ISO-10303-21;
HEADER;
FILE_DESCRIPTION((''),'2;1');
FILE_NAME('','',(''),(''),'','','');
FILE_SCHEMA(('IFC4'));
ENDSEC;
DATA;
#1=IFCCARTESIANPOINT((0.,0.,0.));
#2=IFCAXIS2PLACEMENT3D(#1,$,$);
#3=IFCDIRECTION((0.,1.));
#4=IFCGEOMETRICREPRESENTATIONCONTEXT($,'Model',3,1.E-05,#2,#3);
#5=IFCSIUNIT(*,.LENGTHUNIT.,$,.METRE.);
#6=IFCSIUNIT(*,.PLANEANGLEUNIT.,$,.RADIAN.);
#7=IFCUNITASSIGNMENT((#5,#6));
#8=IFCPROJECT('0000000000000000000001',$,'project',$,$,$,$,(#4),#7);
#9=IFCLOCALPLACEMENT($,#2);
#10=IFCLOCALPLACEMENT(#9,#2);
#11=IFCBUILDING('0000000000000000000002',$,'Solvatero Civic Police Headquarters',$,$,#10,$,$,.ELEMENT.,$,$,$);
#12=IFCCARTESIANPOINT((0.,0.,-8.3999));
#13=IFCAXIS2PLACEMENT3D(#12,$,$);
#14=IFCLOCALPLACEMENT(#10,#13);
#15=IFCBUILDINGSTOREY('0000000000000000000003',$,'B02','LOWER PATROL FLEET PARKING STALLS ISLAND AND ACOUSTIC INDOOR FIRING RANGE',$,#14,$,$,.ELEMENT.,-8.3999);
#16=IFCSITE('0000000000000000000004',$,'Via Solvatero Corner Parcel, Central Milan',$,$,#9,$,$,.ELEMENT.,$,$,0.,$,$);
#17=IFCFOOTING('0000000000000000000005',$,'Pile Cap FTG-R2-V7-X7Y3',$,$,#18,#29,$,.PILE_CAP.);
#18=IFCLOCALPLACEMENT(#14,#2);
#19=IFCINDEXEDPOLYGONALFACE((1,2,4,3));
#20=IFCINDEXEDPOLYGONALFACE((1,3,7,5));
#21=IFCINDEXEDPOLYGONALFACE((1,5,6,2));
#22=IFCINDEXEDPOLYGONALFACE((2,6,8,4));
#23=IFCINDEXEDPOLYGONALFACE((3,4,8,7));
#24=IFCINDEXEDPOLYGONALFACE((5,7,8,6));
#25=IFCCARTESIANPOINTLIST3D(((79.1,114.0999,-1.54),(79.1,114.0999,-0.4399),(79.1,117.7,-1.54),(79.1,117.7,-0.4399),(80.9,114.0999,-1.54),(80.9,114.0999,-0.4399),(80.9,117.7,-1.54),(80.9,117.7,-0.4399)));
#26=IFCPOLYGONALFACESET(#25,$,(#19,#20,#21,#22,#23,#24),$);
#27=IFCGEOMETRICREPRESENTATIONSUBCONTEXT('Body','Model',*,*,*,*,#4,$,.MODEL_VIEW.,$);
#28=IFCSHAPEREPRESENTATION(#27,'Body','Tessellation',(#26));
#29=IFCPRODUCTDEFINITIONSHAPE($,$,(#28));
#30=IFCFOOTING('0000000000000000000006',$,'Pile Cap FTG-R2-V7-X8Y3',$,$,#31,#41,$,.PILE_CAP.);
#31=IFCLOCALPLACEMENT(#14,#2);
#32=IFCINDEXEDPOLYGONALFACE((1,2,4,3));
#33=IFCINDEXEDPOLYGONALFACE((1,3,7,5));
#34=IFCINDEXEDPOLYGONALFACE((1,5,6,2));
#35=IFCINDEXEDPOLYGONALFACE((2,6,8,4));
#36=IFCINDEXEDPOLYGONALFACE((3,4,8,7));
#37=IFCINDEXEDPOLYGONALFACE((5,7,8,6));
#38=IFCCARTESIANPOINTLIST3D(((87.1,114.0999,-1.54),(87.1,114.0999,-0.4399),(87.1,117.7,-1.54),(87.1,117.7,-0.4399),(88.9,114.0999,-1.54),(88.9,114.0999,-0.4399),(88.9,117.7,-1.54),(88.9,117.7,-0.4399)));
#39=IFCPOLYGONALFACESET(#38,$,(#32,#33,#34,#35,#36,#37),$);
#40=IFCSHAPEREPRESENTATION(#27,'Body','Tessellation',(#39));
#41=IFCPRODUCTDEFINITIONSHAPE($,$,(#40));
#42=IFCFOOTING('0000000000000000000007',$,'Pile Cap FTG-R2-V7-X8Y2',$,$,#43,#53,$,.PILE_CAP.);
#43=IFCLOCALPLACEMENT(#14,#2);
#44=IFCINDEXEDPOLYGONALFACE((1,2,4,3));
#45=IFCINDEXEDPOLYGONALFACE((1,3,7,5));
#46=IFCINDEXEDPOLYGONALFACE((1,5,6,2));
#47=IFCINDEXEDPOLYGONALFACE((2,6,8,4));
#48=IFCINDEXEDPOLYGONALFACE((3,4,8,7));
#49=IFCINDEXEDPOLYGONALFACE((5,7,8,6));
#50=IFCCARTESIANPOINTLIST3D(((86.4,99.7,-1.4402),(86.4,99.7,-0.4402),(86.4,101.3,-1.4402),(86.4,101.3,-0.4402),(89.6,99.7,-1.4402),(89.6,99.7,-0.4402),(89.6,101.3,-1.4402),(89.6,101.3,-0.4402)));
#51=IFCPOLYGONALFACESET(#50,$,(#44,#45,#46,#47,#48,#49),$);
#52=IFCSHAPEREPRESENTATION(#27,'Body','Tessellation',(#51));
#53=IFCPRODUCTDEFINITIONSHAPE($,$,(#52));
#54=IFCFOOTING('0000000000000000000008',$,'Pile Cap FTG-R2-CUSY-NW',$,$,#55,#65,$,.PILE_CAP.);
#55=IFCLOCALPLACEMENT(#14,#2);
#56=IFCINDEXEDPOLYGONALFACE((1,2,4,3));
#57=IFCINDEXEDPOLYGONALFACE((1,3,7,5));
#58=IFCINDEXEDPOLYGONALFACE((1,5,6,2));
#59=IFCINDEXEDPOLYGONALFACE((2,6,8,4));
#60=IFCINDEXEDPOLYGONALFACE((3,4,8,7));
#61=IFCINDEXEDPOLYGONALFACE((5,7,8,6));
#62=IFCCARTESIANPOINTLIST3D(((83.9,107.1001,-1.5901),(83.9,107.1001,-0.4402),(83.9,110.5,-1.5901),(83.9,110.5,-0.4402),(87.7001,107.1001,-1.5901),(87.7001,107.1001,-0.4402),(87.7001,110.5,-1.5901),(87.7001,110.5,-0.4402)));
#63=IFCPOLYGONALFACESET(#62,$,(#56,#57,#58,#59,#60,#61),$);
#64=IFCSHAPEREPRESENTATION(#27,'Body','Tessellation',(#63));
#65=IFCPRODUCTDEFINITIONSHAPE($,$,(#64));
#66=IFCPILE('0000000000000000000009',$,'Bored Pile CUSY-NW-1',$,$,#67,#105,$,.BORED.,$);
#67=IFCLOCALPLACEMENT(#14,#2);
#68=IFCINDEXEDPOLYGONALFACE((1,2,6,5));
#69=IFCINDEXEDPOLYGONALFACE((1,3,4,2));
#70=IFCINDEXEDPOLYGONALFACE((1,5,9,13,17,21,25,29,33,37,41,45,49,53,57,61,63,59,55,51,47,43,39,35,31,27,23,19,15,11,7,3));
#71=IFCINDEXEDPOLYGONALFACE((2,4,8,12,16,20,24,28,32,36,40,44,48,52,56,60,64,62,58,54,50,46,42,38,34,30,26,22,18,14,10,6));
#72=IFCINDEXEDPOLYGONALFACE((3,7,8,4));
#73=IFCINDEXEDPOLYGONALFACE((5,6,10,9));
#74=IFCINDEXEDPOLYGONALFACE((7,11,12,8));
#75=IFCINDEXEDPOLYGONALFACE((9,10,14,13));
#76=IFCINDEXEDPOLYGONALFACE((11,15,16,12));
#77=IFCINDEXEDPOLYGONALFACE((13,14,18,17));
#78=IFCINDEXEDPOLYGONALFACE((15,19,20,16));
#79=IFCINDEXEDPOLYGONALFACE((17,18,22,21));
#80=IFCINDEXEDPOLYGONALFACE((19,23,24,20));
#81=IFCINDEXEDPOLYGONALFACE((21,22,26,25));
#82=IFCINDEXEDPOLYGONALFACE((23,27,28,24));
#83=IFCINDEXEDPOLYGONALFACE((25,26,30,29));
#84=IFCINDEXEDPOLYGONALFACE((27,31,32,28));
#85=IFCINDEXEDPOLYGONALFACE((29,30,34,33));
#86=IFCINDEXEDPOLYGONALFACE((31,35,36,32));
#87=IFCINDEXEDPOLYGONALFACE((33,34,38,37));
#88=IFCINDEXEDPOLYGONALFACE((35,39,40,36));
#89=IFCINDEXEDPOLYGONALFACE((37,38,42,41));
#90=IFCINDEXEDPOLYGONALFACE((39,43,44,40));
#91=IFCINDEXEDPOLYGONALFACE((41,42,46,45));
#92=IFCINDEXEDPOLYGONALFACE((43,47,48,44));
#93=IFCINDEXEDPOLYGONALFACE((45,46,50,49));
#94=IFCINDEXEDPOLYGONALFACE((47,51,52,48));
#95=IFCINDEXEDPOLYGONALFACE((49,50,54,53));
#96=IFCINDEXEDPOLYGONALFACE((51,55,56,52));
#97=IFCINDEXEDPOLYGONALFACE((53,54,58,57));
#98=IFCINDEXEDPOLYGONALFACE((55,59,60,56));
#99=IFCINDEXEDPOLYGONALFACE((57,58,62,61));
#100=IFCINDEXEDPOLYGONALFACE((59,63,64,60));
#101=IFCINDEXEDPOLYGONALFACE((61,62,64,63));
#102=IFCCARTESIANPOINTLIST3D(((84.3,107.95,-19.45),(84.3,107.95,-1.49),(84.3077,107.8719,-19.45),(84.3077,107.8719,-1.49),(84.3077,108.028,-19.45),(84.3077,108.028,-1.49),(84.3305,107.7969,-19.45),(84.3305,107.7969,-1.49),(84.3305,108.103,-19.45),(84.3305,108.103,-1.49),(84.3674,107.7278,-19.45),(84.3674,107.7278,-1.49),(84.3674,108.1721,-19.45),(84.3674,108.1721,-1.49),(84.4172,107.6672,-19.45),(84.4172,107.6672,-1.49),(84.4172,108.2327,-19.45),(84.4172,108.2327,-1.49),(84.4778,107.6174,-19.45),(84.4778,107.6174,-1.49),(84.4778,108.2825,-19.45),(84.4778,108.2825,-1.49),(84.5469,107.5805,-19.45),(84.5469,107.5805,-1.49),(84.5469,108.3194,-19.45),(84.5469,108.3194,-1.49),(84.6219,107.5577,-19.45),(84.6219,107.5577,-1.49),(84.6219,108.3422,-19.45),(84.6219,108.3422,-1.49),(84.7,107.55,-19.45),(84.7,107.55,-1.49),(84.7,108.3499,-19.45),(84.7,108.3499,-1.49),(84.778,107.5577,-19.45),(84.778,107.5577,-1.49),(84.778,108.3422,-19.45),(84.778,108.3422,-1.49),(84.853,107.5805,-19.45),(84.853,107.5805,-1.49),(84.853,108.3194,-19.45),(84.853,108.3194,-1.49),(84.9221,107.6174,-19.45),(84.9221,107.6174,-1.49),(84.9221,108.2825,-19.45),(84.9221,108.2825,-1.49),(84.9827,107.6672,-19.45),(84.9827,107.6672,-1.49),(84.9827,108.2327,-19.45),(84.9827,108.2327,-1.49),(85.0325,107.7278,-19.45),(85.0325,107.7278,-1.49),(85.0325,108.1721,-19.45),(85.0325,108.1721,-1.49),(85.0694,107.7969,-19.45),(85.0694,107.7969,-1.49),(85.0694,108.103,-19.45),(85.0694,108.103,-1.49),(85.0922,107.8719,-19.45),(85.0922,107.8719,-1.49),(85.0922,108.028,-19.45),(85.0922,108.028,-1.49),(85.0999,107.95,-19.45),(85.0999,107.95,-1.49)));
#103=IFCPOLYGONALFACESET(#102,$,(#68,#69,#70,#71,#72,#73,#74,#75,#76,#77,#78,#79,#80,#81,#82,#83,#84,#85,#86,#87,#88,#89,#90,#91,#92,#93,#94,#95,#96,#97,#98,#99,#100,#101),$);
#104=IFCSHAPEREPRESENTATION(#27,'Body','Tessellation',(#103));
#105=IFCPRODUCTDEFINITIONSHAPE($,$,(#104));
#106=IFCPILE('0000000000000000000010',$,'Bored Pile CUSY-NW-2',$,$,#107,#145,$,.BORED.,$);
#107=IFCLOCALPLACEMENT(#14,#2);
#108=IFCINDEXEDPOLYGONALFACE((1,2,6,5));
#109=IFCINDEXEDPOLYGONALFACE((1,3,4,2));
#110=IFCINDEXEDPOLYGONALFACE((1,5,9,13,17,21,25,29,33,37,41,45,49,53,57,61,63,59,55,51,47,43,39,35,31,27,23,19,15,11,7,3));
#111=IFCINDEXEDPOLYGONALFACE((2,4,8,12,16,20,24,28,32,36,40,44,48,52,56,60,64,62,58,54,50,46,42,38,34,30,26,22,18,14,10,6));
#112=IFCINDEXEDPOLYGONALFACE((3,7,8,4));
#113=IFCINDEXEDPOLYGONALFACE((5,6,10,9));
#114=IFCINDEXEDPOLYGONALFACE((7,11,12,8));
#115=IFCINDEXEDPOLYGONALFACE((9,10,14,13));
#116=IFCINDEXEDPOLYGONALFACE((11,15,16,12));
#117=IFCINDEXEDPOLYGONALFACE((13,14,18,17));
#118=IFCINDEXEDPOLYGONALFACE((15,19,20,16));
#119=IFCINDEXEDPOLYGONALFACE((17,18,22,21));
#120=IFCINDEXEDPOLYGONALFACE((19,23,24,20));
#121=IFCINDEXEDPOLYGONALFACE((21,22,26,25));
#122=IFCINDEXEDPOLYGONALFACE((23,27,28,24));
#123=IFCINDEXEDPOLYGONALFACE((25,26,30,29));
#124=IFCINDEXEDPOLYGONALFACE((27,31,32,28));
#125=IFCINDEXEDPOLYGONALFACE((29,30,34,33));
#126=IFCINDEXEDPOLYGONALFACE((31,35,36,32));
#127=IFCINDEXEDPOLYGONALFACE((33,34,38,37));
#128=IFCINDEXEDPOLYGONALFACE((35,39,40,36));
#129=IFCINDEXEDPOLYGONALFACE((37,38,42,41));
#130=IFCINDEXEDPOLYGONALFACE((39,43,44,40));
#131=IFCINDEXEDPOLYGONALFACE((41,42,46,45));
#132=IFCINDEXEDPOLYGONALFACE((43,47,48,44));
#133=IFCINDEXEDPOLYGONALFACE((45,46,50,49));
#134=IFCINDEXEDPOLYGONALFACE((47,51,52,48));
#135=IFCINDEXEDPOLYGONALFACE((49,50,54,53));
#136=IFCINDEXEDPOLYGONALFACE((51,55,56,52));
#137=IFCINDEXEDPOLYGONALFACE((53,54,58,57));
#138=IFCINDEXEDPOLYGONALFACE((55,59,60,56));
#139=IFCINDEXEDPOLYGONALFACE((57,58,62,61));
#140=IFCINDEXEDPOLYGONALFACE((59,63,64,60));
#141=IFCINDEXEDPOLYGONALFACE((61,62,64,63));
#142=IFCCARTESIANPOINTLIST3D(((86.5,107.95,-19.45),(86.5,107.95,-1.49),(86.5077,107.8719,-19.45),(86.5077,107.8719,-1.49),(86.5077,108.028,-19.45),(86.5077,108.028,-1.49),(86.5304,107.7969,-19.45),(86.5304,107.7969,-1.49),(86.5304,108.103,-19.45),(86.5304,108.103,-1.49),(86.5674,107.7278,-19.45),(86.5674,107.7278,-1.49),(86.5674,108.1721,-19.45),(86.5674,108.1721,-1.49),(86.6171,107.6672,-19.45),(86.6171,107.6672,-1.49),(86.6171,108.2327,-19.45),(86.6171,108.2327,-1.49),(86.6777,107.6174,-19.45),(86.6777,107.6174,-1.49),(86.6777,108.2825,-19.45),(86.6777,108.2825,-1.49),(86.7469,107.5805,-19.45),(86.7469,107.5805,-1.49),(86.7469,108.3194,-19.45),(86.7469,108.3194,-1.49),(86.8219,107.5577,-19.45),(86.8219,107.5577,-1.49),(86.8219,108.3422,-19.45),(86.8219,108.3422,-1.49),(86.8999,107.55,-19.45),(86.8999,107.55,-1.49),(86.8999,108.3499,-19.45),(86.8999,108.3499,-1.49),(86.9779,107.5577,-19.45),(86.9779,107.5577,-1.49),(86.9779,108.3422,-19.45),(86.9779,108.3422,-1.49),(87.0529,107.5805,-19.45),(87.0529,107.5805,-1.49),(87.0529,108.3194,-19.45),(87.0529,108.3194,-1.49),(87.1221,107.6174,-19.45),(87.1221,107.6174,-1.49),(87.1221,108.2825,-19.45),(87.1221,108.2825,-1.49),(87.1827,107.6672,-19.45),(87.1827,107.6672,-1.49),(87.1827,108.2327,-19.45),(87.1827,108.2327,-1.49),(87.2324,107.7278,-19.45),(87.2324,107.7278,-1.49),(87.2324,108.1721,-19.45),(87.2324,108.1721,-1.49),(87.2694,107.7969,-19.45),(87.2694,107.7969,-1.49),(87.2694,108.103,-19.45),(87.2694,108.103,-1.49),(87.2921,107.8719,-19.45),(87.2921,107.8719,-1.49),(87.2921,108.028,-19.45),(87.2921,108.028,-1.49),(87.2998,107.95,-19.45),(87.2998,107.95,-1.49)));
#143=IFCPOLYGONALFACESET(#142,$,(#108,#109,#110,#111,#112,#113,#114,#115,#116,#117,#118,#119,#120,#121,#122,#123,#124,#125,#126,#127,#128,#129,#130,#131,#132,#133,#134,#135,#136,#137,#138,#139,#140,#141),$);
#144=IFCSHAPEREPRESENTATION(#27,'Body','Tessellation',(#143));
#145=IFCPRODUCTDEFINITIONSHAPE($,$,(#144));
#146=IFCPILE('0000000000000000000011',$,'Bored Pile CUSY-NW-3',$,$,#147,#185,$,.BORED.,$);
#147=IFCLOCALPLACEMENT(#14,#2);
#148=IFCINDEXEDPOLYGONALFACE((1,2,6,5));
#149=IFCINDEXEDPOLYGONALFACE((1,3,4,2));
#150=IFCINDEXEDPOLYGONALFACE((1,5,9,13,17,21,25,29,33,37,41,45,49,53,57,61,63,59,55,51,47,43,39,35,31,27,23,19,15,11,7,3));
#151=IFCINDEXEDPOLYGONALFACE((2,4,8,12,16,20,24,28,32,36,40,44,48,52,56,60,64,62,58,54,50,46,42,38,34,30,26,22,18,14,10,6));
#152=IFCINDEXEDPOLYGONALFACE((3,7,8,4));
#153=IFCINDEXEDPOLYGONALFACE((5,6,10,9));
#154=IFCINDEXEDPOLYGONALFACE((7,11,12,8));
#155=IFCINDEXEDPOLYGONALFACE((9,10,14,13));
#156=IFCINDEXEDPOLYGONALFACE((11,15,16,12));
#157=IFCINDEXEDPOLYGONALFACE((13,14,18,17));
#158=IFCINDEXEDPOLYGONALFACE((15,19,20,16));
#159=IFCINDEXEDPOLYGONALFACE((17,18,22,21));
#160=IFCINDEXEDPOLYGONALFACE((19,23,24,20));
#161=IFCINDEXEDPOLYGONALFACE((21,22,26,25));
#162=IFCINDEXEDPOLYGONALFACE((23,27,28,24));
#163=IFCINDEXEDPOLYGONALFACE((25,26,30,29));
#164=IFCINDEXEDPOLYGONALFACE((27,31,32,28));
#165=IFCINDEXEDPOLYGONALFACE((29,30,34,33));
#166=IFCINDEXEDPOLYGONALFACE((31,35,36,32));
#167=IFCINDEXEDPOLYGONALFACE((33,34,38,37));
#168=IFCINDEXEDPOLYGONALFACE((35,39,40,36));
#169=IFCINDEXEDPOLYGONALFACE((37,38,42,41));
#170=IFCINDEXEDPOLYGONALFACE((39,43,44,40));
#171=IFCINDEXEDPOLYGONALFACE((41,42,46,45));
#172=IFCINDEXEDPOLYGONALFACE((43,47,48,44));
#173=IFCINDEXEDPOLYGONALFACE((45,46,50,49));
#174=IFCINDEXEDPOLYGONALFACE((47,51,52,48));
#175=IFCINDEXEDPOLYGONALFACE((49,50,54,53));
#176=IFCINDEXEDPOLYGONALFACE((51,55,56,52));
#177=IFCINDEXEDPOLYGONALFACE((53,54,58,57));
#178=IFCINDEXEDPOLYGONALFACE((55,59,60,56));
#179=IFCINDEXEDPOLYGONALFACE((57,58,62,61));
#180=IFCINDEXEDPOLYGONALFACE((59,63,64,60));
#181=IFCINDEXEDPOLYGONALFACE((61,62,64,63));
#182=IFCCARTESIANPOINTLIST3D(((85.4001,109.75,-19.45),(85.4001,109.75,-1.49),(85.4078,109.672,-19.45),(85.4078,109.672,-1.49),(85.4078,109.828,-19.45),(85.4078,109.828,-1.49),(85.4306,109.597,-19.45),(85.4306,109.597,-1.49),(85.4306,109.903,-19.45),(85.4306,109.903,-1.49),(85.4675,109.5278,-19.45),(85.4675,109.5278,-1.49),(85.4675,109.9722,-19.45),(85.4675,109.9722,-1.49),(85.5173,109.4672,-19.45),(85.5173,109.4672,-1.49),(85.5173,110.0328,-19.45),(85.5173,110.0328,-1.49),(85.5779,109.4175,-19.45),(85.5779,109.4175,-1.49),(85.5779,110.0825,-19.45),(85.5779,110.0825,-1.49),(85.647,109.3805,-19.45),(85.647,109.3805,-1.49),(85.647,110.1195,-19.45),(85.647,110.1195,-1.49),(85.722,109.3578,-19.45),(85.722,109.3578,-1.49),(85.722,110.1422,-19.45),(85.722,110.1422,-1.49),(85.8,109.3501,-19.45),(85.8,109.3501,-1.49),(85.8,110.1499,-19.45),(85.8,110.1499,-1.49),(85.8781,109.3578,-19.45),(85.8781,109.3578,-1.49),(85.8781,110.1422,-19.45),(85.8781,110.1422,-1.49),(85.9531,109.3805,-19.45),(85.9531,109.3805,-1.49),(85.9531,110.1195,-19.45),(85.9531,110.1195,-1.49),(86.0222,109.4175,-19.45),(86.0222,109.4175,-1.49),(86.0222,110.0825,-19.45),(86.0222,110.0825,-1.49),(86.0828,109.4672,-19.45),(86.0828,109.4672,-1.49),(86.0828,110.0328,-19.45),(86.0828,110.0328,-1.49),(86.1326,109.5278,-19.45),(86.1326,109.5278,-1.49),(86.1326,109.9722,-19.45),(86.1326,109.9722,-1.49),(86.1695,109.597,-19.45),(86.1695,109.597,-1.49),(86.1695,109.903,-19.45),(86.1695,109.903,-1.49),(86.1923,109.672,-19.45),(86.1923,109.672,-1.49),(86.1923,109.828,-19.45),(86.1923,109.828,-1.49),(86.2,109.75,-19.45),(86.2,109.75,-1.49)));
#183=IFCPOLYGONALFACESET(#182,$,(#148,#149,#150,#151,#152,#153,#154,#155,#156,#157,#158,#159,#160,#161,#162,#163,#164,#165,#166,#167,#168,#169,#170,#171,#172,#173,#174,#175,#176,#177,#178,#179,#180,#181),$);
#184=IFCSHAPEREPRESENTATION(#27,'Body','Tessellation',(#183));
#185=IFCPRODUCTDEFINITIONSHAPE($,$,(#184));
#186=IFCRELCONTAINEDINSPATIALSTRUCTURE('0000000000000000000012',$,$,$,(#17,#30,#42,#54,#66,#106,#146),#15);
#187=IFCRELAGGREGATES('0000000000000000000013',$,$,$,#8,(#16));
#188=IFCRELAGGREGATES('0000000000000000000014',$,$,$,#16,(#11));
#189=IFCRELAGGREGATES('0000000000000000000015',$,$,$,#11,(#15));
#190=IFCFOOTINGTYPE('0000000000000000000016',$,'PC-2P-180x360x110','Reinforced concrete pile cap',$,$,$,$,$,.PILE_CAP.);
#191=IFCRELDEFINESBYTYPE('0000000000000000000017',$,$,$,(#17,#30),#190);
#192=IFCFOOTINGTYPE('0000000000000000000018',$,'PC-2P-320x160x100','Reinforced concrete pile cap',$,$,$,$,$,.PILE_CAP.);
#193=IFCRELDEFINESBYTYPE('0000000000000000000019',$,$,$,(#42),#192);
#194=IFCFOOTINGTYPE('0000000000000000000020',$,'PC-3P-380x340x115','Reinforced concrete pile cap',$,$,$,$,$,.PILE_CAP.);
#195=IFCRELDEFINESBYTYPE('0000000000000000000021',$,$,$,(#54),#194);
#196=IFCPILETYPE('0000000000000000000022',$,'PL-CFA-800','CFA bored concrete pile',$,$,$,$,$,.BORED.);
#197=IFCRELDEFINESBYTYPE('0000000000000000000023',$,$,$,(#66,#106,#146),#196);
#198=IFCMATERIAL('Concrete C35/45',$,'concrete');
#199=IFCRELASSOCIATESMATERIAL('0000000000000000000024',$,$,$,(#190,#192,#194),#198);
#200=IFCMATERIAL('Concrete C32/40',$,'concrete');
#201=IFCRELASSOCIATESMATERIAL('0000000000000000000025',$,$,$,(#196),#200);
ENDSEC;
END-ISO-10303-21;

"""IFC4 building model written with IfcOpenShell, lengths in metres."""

from ifc_helpers import new_model, si_unit, direction, frame, origin, origin_2d, place, context, subcontext, project, spatial, rectangle, circle, extrude, material, material_profile, profile_set, type_object, element, save


model = new_model("IFC4")

# Units and contexts
model_context = context("Model", 3, precision=1e-05, world=origin(), true_north=direction((0.0, 1.0)))
body_context = subcontext(model_context, "Body", "Model", "MODEL_VIEW")
ifc_project = project(units=[si_unit("LENGTHUNIT", "METRE"), si_unit("PLANEANGLEUNIT", "RADIAN")], contexts=[model_context])

# Site, building, storey
site_placement = place(None, origin())
site = spatial("IfcSite", under=ifc_project, at=site_placement, Name="Via Solvatero Corner Parcel, Central Milan", CompositionType="ELEMENT", RefElevation=0.0)
building_placement = place(site_placement, origin())
building = spatial("IfcBuilding", under=site, at=building_placement, Name="Solvatero Civic Police Headquarters", CompositionType="ELEMENT")
storey_placement = place(building_placement, frame((0.0, 0.0, -8.3999)))
storey = spatial("IfcBuildingStorey", under=building, at=storey_placement, Name="B02", Description="LOWER PATROL FLEET PARKING STALLS ISLAND AND ACOUSTIC INDOOR FIRING RANGE", CompositionType="ELEMENT", Elevation=-8.3999)

# Footings
ifc_material_1 = material(Name="Concrete C35/45", Category="concrete")
footing_type_1 = type_object("IfcFootingType", Name="PC-2P-180x360x110", Description="Reinforced concrete pile cap", PredefinedType="PILE_CAP", material=ifc_material_1)
for number, where, z_axis, x_axis, name in (
    (1, (80.0, 115.8999, -1.54), (0.0, 0.0, 1.0), (1.0, 0.0, 0.0), "Pile Cap FTG-R2-V7-X7Y3"),
    (2, (88.0, 115.8999, -1.54), (0.0, 0.0, 1.0), (1.0, 0.0, 0.0), "Pile Cap FTG-R2-V7-X8Y3"),
):
    element("IfcFooting", number, at=place(storey_placement, frame(where, z_axis=z_axis, x_axis=x_axis)), inside=storey, type_object=footing_type_1, Name=name, PredefinedType="PILE_CAP", context=body_context, shape_type="SweptSolid", body=[
        extrude(rectangle(XDim=1.8, YDim=3.6001, at=origin_2d()), origin(), (0.0, 0.0, 1.0), 1.1001),
    ])
footing_type_2 = type_object("IfcFootingType", Name="PC-2P-320x160x100", Description="Reinforced concrete pile cap", PredefinedType="PILE_CAP", material=ifc_material_1)
footing_1_placement = place(storey_placement, frame((88.0, 100.5, -1.4402), z_axis=(0.0, 0.0, 1.0), x_axis=(1.0, 0.0, 0.0)))
element("IfcFooting", 3, at=footing_1_placement, inside=storey, type_object=footing_type_2, Name="Pile Cap FTG-R2-V7-X8Y2", PredefinedType="PILE_CAP", context=body_context, shape_type="SweptSolid", body=[
    extrude(rectangle(XDim=3.2, YDim=1.6001, at=origin_2d()), origin(), (0.0, 0.0, 1.0), 1.0),
])
footing_type_3 = type_object("IfcFootingType", Name="PC-3P-380x340x115", Description="Reinforced concrete pile cap", PredefinedType="PILE_CAP", material=ifc_material_1)
footing_2_placement = place(storey_placement, frame((85.8, 108.8, -1.5901), z_axis=(0.0, 0.0, 1.0), x_axis=(1.0, 0.0, 0.0)))
element("IfcFooting", 4, at=footing_2_placement, inside=storey, type_object=footing_type_3, Name="Pile Cap FTG-R2-CUSY-NW", PredefinedType="PILE_CAP", context=body_context, shape_type="SweptSolid", body=[
    extrude(rectangle(XDim=3.8, YDim=3.3999, at=origin_2d()), origin(), (0.0, 0.0, 1.0), 1.1499),
])

# Piles
ifc_material_2 = material(Name="Concrete C32/40", Category="concrete")
ifc_material_profile_1 = material_profile(ifc_material_2, circle(Radius=0.3999, at=origin_2d()), Name="CFA PILE D800")
ifc_profile_set_1 = profile_set([ifc_material_profile_1], Name="Concrete C32/40")
pile_type = type_object("IfcPileType", Name="PL-CFA-800", Description="CFA bored concrete pile", PredefinedType="BORED", material=ifc_profile_set_1)
for number, where, z_axis, x_axis, name in (
    (5, (84.7, 107.95, -1.49), (0.0, 0.0, -1.0), (1.0, 0.0, 0.0), "Bored Pile CUSY-NW-1"),
    (6, (86.8999, 107.95, -1.49), (0.0, 0.0, -1.0), (1.0, 0.0, 0.0), "Bored Pile CUSY-NW-2"),
    (7, (85.8, 109.75, -1.49), (0.0, 0.0, -1.0), (1.0, 0.0, 0.0), "Bored Pile CUSY-NW-3"),
):
    element("IfcPile", number, at=place(storey_placement, frame(where, z_axis=z_axis, x_axis=x_axis)), inside=storey, type_object=pile_type, Name=name, PredefinedType="BORED", context=body_context, shape_type="SweptSolid", body=[
        extrude(circle(Radius=0.3999, at=origin_2d()), origin(), (0.0, 0.0, 1.0), 17.96),
    ])

save(model, "model.ifc")
